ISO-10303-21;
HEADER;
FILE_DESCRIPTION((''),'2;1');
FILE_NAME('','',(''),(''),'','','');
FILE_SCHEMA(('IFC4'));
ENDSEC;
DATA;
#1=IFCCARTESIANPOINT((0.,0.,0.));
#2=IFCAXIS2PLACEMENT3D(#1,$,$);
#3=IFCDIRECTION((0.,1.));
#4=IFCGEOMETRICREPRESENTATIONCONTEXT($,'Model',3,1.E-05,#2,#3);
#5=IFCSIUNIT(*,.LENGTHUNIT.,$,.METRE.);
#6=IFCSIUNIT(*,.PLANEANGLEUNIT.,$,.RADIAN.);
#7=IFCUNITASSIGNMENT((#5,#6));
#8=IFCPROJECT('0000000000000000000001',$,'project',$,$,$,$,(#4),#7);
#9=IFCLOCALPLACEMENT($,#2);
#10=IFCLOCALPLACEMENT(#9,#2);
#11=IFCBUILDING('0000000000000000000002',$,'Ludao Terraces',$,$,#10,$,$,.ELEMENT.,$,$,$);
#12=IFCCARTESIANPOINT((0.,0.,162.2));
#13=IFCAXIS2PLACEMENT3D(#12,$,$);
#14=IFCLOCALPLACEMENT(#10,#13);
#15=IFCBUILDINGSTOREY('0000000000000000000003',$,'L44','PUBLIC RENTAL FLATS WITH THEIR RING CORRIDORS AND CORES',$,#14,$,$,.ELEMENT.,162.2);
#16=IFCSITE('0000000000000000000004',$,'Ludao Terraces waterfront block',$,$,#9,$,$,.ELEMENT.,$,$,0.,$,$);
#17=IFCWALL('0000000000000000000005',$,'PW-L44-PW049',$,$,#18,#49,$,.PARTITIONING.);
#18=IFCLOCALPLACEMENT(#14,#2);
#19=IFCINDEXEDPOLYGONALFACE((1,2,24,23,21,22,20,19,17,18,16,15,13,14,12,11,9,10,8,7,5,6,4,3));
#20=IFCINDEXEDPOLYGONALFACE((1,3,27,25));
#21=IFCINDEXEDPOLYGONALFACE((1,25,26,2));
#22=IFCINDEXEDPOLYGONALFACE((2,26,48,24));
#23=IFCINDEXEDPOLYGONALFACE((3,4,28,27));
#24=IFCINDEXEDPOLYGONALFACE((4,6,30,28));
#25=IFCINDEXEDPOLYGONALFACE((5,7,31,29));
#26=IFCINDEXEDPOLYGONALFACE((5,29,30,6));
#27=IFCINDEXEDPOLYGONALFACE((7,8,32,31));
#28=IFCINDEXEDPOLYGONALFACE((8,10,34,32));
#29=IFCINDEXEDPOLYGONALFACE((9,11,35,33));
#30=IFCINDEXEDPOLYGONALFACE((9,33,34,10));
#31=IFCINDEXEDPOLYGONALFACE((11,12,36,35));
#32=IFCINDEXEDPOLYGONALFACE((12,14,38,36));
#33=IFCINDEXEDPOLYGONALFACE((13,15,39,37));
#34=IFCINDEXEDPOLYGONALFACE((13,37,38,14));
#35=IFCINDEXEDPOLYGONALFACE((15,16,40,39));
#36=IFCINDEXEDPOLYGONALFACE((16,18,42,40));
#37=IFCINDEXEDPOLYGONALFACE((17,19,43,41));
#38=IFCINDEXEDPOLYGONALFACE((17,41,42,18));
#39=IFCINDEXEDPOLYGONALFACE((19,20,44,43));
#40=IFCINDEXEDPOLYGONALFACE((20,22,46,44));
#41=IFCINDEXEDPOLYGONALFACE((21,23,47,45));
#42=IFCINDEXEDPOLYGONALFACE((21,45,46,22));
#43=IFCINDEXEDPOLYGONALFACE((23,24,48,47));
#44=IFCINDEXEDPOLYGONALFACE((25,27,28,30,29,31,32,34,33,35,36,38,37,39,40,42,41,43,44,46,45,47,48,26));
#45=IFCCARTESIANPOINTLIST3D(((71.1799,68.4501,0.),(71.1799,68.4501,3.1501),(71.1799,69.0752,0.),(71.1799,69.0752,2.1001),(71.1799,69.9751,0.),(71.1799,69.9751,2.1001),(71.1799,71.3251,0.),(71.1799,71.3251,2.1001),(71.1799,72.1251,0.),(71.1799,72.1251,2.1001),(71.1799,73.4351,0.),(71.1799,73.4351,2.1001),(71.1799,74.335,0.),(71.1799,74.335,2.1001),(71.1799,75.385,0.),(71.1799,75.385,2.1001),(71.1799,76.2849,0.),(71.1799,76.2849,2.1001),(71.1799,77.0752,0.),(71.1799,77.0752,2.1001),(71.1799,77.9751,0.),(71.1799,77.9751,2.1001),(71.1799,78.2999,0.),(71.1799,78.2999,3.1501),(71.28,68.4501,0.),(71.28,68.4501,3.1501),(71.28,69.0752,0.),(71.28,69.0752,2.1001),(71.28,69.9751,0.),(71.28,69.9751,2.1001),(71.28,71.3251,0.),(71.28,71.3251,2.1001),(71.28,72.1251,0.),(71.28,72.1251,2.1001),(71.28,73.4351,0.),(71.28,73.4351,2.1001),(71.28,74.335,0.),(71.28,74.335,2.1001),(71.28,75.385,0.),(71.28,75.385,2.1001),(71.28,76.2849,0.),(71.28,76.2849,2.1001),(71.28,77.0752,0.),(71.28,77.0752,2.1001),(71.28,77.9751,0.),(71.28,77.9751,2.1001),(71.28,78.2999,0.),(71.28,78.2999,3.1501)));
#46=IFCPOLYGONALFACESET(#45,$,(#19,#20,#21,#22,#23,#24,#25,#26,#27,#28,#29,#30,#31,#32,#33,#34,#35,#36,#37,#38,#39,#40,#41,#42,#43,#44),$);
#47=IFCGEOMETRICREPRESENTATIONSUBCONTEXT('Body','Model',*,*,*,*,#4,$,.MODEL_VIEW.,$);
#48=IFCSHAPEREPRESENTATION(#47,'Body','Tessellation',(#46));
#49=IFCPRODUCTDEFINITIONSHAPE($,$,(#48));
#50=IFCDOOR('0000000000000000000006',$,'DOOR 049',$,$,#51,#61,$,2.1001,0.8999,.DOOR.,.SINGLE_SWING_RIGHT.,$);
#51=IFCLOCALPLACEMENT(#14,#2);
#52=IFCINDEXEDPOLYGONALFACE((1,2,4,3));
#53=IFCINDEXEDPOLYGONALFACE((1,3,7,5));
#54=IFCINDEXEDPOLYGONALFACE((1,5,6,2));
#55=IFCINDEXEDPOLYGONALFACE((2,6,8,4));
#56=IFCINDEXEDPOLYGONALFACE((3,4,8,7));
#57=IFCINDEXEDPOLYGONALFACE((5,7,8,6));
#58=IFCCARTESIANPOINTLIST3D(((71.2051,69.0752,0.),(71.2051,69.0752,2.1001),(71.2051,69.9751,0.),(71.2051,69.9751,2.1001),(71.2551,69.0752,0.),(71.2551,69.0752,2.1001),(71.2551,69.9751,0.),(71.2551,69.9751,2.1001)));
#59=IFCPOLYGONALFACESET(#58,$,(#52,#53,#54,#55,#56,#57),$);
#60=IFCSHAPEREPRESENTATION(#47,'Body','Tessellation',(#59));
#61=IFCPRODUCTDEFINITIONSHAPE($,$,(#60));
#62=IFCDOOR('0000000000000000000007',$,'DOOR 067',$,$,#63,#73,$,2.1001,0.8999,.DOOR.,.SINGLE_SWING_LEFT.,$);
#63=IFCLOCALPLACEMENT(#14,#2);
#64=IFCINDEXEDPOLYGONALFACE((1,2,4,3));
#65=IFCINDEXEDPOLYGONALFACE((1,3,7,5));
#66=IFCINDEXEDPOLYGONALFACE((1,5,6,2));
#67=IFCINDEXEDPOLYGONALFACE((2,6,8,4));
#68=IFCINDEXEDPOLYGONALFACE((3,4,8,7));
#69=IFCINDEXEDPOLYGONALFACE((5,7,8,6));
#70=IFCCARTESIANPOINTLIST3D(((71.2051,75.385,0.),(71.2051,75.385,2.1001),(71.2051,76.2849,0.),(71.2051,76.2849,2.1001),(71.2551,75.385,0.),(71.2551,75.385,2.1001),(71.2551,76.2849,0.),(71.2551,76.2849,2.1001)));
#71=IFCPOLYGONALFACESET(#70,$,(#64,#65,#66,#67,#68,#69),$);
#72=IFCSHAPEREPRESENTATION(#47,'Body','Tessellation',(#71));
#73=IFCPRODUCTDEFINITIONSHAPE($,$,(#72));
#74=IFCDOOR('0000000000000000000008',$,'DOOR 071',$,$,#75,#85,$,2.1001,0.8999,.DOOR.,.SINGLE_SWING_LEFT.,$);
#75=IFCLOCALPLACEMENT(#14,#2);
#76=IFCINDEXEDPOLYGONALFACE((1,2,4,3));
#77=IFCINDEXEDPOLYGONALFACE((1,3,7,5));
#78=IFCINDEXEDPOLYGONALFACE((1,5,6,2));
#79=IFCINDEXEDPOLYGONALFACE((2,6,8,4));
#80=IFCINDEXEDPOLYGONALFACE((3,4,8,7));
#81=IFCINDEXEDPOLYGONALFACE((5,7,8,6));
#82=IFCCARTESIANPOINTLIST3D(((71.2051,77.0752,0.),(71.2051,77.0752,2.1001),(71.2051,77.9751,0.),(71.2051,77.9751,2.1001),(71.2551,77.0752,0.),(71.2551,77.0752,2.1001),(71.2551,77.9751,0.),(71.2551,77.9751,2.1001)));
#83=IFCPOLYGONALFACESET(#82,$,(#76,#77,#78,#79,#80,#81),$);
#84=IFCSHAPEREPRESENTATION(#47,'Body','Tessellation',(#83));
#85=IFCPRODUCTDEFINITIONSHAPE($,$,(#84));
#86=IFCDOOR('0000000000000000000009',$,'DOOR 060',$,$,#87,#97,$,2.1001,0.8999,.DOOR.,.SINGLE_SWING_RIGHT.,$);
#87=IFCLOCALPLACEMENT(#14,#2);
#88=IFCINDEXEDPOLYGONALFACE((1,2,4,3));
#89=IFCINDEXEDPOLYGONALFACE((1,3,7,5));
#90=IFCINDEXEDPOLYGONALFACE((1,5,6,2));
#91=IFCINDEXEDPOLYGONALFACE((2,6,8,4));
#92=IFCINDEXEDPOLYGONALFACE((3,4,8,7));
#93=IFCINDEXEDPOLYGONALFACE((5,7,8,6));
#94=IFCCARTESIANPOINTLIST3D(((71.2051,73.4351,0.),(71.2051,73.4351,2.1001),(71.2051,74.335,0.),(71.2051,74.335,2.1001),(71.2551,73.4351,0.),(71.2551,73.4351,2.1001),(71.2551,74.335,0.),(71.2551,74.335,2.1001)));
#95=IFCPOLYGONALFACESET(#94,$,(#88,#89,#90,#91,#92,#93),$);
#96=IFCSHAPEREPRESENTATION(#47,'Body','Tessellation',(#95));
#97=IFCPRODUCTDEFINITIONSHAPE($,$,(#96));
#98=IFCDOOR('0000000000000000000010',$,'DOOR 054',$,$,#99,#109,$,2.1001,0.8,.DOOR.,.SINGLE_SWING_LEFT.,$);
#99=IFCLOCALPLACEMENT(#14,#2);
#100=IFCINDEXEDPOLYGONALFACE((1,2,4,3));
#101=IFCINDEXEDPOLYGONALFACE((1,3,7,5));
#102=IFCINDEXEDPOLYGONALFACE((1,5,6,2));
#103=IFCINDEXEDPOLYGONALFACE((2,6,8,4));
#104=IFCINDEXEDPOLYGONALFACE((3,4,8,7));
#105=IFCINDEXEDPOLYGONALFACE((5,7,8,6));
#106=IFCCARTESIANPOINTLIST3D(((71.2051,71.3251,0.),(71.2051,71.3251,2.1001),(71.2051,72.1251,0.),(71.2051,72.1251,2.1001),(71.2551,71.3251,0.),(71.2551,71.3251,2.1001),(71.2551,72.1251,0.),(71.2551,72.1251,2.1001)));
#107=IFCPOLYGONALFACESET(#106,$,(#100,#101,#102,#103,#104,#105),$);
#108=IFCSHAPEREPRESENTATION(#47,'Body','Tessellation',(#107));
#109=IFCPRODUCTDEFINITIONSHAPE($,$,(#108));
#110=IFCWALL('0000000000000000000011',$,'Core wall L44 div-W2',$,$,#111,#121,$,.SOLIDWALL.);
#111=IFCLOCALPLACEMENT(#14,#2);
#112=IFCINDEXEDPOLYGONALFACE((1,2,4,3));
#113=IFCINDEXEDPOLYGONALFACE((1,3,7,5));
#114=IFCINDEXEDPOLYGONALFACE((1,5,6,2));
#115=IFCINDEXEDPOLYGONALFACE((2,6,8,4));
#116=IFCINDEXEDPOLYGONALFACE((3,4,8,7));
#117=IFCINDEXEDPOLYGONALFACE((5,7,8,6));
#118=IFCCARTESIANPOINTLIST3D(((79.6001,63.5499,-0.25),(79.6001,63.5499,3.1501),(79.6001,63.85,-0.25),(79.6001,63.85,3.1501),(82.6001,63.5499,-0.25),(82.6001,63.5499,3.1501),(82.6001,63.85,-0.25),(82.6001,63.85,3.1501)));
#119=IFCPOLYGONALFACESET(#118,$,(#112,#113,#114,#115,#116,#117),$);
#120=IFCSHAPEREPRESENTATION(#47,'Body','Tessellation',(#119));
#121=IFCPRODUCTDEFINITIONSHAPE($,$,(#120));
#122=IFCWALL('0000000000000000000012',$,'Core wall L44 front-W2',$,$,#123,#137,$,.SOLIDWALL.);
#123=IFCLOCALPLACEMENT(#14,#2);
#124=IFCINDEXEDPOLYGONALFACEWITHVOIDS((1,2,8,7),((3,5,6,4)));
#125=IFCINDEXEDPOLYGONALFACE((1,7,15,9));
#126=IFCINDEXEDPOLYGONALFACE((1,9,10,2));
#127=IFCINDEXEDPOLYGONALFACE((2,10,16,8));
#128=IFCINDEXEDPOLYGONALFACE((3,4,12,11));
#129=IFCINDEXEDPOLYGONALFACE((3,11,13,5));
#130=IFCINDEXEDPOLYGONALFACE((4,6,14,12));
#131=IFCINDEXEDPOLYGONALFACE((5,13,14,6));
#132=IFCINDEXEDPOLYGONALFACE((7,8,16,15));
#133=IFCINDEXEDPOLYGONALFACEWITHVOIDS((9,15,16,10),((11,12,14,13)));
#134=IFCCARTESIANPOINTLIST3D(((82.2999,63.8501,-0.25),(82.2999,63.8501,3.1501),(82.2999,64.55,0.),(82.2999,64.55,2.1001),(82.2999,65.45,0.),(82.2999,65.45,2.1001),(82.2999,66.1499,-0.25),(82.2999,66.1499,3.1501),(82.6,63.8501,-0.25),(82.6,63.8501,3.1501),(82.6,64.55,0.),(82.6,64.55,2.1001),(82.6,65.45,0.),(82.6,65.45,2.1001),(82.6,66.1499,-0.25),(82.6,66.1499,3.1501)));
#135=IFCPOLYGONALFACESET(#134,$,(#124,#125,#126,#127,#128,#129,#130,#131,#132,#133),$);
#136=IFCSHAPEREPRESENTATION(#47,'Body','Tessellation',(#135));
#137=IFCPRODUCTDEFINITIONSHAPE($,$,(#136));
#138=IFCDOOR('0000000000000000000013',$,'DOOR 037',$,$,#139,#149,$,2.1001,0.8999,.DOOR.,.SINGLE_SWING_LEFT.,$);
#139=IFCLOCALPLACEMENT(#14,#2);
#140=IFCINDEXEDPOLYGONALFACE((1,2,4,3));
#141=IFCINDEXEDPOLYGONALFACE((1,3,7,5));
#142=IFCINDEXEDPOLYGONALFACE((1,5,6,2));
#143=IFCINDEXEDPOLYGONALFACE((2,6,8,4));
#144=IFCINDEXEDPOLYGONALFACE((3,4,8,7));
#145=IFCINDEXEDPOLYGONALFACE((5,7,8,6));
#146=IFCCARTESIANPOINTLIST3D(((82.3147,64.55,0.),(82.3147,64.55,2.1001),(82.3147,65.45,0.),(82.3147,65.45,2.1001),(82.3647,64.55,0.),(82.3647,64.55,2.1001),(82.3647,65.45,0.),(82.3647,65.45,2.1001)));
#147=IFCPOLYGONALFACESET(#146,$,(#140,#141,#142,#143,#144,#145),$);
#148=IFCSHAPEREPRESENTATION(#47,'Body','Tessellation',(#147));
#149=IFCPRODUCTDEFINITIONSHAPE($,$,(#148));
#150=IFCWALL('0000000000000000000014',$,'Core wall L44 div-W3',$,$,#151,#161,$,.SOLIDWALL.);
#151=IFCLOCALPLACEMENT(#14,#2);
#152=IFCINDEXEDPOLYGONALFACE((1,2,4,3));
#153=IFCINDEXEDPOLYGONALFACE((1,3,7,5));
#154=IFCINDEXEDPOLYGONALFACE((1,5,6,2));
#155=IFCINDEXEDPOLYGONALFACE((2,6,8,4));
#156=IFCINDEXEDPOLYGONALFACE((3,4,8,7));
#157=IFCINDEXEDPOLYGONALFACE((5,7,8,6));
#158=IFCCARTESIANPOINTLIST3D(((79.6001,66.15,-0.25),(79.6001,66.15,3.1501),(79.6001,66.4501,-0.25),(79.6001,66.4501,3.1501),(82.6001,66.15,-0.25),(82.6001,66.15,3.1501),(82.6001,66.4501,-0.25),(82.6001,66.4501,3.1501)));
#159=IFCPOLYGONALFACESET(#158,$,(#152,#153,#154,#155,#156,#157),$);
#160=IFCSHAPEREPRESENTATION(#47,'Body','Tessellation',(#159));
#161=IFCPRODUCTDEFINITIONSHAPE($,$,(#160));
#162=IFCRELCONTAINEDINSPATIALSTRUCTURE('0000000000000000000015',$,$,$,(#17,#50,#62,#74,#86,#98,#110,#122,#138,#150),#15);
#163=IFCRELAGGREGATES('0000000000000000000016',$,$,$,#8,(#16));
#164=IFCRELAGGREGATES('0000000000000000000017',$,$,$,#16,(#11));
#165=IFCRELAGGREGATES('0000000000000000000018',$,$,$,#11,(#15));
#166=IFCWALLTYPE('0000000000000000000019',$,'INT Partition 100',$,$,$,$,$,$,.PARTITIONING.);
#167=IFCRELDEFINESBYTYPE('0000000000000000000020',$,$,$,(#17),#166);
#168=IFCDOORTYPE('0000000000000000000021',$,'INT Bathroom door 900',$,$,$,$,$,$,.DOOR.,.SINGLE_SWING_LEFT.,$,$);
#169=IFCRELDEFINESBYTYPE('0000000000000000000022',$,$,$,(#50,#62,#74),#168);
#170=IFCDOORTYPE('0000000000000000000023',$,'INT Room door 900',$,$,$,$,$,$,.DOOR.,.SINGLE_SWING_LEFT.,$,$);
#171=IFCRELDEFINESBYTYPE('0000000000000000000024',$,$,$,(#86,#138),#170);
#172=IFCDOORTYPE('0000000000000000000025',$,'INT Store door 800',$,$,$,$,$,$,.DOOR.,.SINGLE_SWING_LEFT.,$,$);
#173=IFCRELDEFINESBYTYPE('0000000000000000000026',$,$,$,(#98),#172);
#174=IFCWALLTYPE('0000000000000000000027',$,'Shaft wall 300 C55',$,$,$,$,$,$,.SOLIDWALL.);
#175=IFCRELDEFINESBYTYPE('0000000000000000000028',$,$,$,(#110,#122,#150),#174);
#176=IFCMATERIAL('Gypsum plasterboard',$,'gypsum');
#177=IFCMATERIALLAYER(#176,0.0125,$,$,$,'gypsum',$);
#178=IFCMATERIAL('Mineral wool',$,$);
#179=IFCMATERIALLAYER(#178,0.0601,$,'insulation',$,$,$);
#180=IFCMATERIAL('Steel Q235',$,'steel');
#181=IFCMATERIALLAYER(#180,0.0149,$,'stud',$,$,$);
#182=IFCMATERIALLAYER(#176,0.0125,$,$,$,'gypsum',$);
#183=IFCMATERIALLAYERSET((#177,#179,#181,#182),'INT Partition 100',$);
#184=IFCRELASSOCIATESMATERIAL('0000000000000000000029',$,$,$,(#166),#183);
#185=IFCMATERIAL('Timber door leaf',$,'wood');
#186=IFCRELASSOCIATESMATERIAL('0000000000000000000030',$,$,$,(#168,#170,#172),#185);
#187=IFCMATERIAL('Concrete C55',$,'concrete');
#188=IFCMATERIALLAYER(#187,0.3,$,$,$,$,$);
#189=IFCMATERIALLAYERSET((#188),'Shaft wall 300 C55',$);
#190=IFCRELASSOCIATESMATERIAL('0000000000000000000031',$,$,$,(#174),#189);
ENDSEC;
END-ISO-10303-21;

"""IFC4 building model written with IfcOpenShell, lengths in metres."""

from ifc_helpers import new_model, si_unit, direction, frame, frame_2d, origin, place, context, subcontext, project, spatial, rectangle, extrude, material, layer, layer_set, type_object, element, fill, save


model = new_model("IFC4")

# Units and contexts
model_context = context("Model", 3, precision=1e-05, world=origin(), true_north=direction((0.0, 1.0)))
body_context = subcontext(model_context, "Body", "Model", "MODEL_VIEW")
ifc_project = project(units=[si_unit("LENGTHUNIT", "METRE"), si_unit("PLANEANGLEUNIT", "RADIAN")], contexts=[model_context])

# Site, building, storey
site_placement = place(None, origin())
site = spatial("IfcSite", under=ifc_project, at=site_placement, Name="Ludao Terraces waterfront block", CompositionType="ELEMENT", RefElevation=0.0)
building_placement = place(site_placement, origin())
building = spatial("IfcBuilding", under=site, at=building_placement, Name="Ludao Terraces", CompositionType="ELEMENT")
storey_placement = place(building_placement, frame((0.0, 0.0, 162.2)))
storey = spatial("IfcBuildingStorey", under=building, at=storey_placement, Name="L44", Description="PUBLIC RENTAL FLATS WITH THEIR RING CORRIDORS AND CORES", CompositionType="ELEMENT", Elevation=162.2)

# Shared definitions
ifc_material_1 = material(Name="Mineral wool")
ifc_material_2 = material(Name="Steel Q235", Category="steel")
ifc_material_3 = material(Name="Gypsum plasterboard", Category="gypsum")
ifc_layer_1 = layer(ifc_material_3, 0.0125, Category="gypsum")
ifc_layer_2 = layer(ifc_material_1, 0.0601, Name="insulation")
ifc_layer_3 = layer(ifc_material_2, 0.0149, Name="stud")
ifc_layer_4 = layer(ifc_material_3, 0.0125, Category="gypsum")
ifc_layer_set_1 = layer_set([ifc_layer_1, ifc_layer_2, ifc_layer_3, ifc_layer_4], Name="INT Partition 100")
wall_type_1 = type_object("IfcWallType", Name="INT Partition 100", PredefinedType="PARTITIONING", material=ifc_layer_set_1)

# Wall, openings, doors
wall_1_placement = place(storey_placement, frame((71.23, 68.4502, 0.0), z_axis=(0.0, 0.0, 1.0), x_axis=(0.0, 1.0, 0.0)))
wall_1 = element("IfcWall", 1, at=wall_1_placement, inside=storey, type_object=wall_type_1, Name="PW-L44-PW049", PredefinedType="PARTITIONING", context=body_context, shape_type="SweptSolid", body=[
    extrude(rectangle(XDim=9.8499, YDim=0.1001, at=frame_2d((4.9248, 0.0))), origin(), (0.0, 0.0, 1.0), 3.1501),
])
opening_1_placement = place(wall_1_placement, frame((0.625, 0.0, 0.0)))
opening_1 = element("IfcOpeningElement", 2, at=opening_1_placement, cuts=wall_1, PredefinedType="OPENING", context=body_context, shape_type="SweptSolid", body=[
    extrude(rectangle(XDim=0.8999, YDim=2.1001, at=frame_2d((0.45, 1.05))), frame((0.0, 0.0601, 0.0), z_axis=(0.0, -1.0, 0.0), x_axis=(1.0, 0.0, 0.0)), (0.0, 0.0, 1.0), 0.1201),
])
opening_2_placement = place(wall_1_placement, frame((2.875, 0.0, 0.0)))
opening_2 = element("IfcOpeningElement", 3, at=opening_2_placement, cuts=wall_1, PredefinedType="OPENING", context=body_context, shape_type="SweptSolid", body=[
    extrude(rectangle(XDim=0.8, YDim=2.1001, at=frame_2d((0.3999, 1.05))), frame((0.0, 0.0601, 0.0), z_axis=(0.0, -1.0, 0.0), x_axis=(1.0, 0.0, 0.0)), (0.0, 0.0, 1.0), 0.1201),
])
opening_3_placement = place(wall_1_placement, frame((4.9849, 0.0, 0.0)))
opening_3 = element("IfcOpeningElement", 4, at=opening_3_placement, cuts=wall_1, PredefinedType="OPENING", context=body_context, shape_type="SweptSolid", body=[
    extrude(rectangle(XDim=0.8999, YDim=2.1001, at=frame_2d((0.45, 1.05))), frame((0.0, 0.0601, 0.0), z_axis=(0.0, -1.0, 0.0), x_axis=(1.0, 0.0, 0.0)), (0.0, 0.0, 1.0), 0.1201),
])
opening_4_placement = place(wall_1_placement, frame((6.9348, 0.0, 0.0)))
opening_4 = element("IfcOpeningElement", 5, at=opening_4_placement, cuts=wall_1, PredefinedType="OPENING", context=body_context, shape_type="SweptSolid", body=[
    extrude(rectangle(XDim=0.8999, YDim=2.1001, at=frame_2d((0.45, 1.05))), frame((0.0, 0.0601, 0.0), z_axis=(0.0, -1.0, 0.0), x_axis=(1.0, 0.0, 0.0)), (0.0, 0.0, 1.0), 0.1201),
])
opening_5_placement = place(wall_1_placement, frame((8.625, 0.0, 0.0)))
opening_5 = element("IfcOpeningElement", 6, at=opening_5_placement, cuts=wall_1, PredefinedType="OPENING", context=body_context, shape_type="SweptSolid", body=[
    extrude(rectangle(XDim=0.8999, YDim=2.1001, at=frame_2d((0.45, 1.05))), frame((0.0, 0.0601, 0.0), z_axis=(0.0, -1.0, 0.0), x_axis=(1.0, 0.0, 0.0)), (0.0, 0.0, 1.0), 0.1201),
])
ifc_material_4 = material(Name="Timber door leaf", Category="wood")
door_type_1 = type_object("IfcDoorType", Name="INT Bathroom door 900", OperationType="SINGLE_SWING_LEFT", PredefinedType="DOOR", material=ifc_material_4)
door_1_placement = place(opening_1_placement, origin())
door_1 = element("IfcDoor", 7, at=door_1_placement, inside=storey, type_object=door_type_1, Name="DOOR 049", OperationType="SINGLE_SWING_RIGHT", OverallHeight=2.1001, OverallWidth=0.8999, PredefinedType="DOOR", context=body_context, shape_type="SweptSolid", body=[
    extrude(rectangle(XDim=0.8999, YDim=2.1001, at=frame_2d((0.45, 1.05))), frame((0.0, 0.0249, 0.0), z_axis=(0.0, -1.0, 0.0), x_axis=(1.0, 0.0, 0.0)), (0.0, 0.0, 1.0), 0.05),
])
fill(opening_1, door_1)
door_2_placement = place(opening_4_placement, origin())
door_2 = element("IfcDoor", 8, at=door_2_placement, inside=storey, type_object=door_type_1, Name="DOOR 067", OperationType="SINGLE_SWING_LEFT", OverallHeight=2.1001, OverallWidth=0.8999, PredefinedType="DOOR", context=body_context, shape_type="SweptSolid", body=[
    extrude(rectangle(XDim=0.8999, YDim=2.1001, at=frame_2d((0.45, 1.05))), frame((0.0, 0.0249, 0.0), z_axis=(0.0, -1.0, 0.0), x_axis=(1.0, 0.0, 0.0)), (0.0, 0.0, 1.0), 0.05),
])
fill(opening_4, door_2)
door_3_placement = place(opening_5_placement, origin())
door_3 = element("IfcDoor", 9, at=door_3_placement, inside=storey, type_object=door_type_1, Name="DOOR 071", OperationType="SINGLE_SWING_LEFT", OverallHeight=2.1001, OverallWidth=0.8999, PredefinedType="DOOR", context=body_context, shape_type="SweptSolid", body=[
    extrude(rectangle(XDim=0.8999, YDim=2.1001, at=frame_2d((0.45, 1.05))), frame((0.0, 0.0249, 0.0), z_axis=(0.0, -1.0, 0.0), x_axis=(1.0, 0.0, 0.0)), (0.0, 0.0, 1.0), 0.05),
])
fill(opening_5, door_3)
door_type_2 = type_object("IfcDoorType", Name="INT Room door 900", OperationType="SINGLE_SWING_LEFT", PredefinedType="DOOR", material=ifc_material_4)
door_4_placement = place(opening_3_placement, origin())
door_4 = element("IfcDoor", 10, at=door_4_placement, inside=storey, type_object=door_type_2, Name="DOOR 060", OperationType="SINGLE_SWING_RIGHT", OverallHeight=2.1001, OverallWidth=0.8999, PredefinedType="DOOR", context=body_context, shape_type="SweptSolid", body=[
    extrude(rectangle(XDim=0.8999, YDim=2.1001, at=frame_2d((0.45, 1.05))), frame((0.0, 0.0249, 0.0), z_axis=(0.0, -1.0, 0.0), x_axis=(1.0, 0.0, 0.0)), (0.0, 0.0, 1.0), 0.05),
])
fill(opening_3, door_4)
door_type_3 = type_object("IfcDoorType", Name="INT Store door 800", OperationType="SINGLE_SWING_LEFT", PredefinedType="DOOR", material=ifc_material_4)
door_5_placement = place(opening_2_placement, origin())
door_5 = element("IfcDoor", 11, at=door_5_placement, inside=storey, type_object=door_type_3, Name="DOOR 054", OperationType="SINGLE_SWING_LEFT", OverallHeight=2.1001, OverallWidth=0.8, PredefinedType="DOOR", context=body_context, shape_type="SweptSolid", body=[
    extrude(rectangle(XDim=0.8, YDim=2.1001, at=frame_2d((0.3999, 1.05))), frame((0.0, 0.0249, 0.0), z_axis=(0.0, -1.0, 0.0), x_axis=(1.0, 0.0, 0.0)), (0.0, 0.0, 1.0), 0.05),
])
fill(opening_2, door_5)

# Wall
ifc_material_5 = material(Name="Concrete C55", Category="concrete")
ifc_layer_5 = layer(ifc_material_5, 0.3)
ifc_layer_set_2 = layer_set([ifc_layer_5], Name="Shaft wall 300 C55")
wall_type_2 = type_object("IfcWallType", Name="Shaft wall 300 C55", PredefinedType="SOLIDWALL", material=ifc_layer_set_2)
wall_2_placement = place(storey_placement, frame((79.6001, 63.7, -0.25), z_axis=(0.0, 0.0, 1.0), x_axis=(1.0, 0.0, 0.0)))
element("IfcWall", 12, at=wall_2_placement, inside=storey, type_object=wall_type_2, Name="Core wall L44 div-W2", PredefinedType="SOLIDWALL", context=body_context, shape_type="SweptSolid", body=[
    extrude(rectangle(XDim=3.0, YDim=0.3, at=frame_2d((1.5, 0.0))), origin(), (0.0, 0.0, 1.0), 3.4001),
])

# Wall, opening, door
wall_3_placement = place(storey_placement, frame((82.45, 63.8501, -0.25), z_axis=(0.0, 0.0, 1.0), x_axis=(0.0, 1.0, 0.0)))
wall_3 = element("IfcWall", 13, at=wall_3_placement, inside=storey, type_object=wall_type_2, Name="Core wall L44 front-W2", PredefinedType="SOLIDWALL", context=body_context, shape_type="SweptSolid", body=[
    extrude(rectangle(XDim=2.2998, YDim=0.3, at=frame_2d((1.1499, 0.0))), origin(), (0.0, 0.0, 1.0), 3.4001),
])
opening_6_placement = place(wall_3_placement, frame((0.7, 0.0, 0.25)))
opening_6 = element("IfcOpeningElement", 14, at=opening_6_placement, cuts=wall_3, PredefinedType="OPENING", context=body_context, shape_type="SweptSolid", body=[
    extrude(rectangle(XDim=0.8999, YDim=2.1001, at=frame_2d((0.45, 1.05))), frame((0.0, 0.1602, 0.0), z_axis=(0.0, -1.0, 0.0), x_axis=(1.0, 0.0, 0.0)), (0.0, 0.0, 1.0), 0.3201),
])
door_6_placement = place(opening_6_placement, origin())
door_6 = element("IfcDoor", 15, at=door_6_placement, inside=storey, type_object=door_type_2, Name="DOOR 037", OperationType="SINGLE_SWING_LEFT", OverallHeight=2.1001, OverallWidth=0.8999, PredefinedType="DOOR", context=body_context, shape_type="SweptSolid", body=[
    extrude(rectangle(XDim=0.8999, YDim=2.1001, at=frame_2d((0.45, 1.05))), frame((0.0, 0.1353, 0.0), z_axis=(0.0, -1.0, 0.0), x_axis=(1.0, 0.0, 0.0)), (0.0, 0.0, 1.0), 0.05),
])
fill(opening_6, door_6)

# Wall
wall_4_placement = place(storey_placement, frame((79.6001, 66.3, -0.25), z_axis=(0.0, 0.0, 1.0), x_axis=(1.0, 0.0, 0.0)))
element("IfcWall", 16, at=wall_4_placement, inside=storey, type_object=wall_type_2, Name="Core wall L44 div-W3", PredefinedType="SOLIDWALL", context=body_context, shape_type="SweptSolid", body=[
    extrude(rectangle(XDim=3.0, YDim=0.3, at=frame_2d((1.5, 0.0))), origin(), (0.0, 0.0, 1.0), 3.4001),
])

save(model, "model.ifc")
